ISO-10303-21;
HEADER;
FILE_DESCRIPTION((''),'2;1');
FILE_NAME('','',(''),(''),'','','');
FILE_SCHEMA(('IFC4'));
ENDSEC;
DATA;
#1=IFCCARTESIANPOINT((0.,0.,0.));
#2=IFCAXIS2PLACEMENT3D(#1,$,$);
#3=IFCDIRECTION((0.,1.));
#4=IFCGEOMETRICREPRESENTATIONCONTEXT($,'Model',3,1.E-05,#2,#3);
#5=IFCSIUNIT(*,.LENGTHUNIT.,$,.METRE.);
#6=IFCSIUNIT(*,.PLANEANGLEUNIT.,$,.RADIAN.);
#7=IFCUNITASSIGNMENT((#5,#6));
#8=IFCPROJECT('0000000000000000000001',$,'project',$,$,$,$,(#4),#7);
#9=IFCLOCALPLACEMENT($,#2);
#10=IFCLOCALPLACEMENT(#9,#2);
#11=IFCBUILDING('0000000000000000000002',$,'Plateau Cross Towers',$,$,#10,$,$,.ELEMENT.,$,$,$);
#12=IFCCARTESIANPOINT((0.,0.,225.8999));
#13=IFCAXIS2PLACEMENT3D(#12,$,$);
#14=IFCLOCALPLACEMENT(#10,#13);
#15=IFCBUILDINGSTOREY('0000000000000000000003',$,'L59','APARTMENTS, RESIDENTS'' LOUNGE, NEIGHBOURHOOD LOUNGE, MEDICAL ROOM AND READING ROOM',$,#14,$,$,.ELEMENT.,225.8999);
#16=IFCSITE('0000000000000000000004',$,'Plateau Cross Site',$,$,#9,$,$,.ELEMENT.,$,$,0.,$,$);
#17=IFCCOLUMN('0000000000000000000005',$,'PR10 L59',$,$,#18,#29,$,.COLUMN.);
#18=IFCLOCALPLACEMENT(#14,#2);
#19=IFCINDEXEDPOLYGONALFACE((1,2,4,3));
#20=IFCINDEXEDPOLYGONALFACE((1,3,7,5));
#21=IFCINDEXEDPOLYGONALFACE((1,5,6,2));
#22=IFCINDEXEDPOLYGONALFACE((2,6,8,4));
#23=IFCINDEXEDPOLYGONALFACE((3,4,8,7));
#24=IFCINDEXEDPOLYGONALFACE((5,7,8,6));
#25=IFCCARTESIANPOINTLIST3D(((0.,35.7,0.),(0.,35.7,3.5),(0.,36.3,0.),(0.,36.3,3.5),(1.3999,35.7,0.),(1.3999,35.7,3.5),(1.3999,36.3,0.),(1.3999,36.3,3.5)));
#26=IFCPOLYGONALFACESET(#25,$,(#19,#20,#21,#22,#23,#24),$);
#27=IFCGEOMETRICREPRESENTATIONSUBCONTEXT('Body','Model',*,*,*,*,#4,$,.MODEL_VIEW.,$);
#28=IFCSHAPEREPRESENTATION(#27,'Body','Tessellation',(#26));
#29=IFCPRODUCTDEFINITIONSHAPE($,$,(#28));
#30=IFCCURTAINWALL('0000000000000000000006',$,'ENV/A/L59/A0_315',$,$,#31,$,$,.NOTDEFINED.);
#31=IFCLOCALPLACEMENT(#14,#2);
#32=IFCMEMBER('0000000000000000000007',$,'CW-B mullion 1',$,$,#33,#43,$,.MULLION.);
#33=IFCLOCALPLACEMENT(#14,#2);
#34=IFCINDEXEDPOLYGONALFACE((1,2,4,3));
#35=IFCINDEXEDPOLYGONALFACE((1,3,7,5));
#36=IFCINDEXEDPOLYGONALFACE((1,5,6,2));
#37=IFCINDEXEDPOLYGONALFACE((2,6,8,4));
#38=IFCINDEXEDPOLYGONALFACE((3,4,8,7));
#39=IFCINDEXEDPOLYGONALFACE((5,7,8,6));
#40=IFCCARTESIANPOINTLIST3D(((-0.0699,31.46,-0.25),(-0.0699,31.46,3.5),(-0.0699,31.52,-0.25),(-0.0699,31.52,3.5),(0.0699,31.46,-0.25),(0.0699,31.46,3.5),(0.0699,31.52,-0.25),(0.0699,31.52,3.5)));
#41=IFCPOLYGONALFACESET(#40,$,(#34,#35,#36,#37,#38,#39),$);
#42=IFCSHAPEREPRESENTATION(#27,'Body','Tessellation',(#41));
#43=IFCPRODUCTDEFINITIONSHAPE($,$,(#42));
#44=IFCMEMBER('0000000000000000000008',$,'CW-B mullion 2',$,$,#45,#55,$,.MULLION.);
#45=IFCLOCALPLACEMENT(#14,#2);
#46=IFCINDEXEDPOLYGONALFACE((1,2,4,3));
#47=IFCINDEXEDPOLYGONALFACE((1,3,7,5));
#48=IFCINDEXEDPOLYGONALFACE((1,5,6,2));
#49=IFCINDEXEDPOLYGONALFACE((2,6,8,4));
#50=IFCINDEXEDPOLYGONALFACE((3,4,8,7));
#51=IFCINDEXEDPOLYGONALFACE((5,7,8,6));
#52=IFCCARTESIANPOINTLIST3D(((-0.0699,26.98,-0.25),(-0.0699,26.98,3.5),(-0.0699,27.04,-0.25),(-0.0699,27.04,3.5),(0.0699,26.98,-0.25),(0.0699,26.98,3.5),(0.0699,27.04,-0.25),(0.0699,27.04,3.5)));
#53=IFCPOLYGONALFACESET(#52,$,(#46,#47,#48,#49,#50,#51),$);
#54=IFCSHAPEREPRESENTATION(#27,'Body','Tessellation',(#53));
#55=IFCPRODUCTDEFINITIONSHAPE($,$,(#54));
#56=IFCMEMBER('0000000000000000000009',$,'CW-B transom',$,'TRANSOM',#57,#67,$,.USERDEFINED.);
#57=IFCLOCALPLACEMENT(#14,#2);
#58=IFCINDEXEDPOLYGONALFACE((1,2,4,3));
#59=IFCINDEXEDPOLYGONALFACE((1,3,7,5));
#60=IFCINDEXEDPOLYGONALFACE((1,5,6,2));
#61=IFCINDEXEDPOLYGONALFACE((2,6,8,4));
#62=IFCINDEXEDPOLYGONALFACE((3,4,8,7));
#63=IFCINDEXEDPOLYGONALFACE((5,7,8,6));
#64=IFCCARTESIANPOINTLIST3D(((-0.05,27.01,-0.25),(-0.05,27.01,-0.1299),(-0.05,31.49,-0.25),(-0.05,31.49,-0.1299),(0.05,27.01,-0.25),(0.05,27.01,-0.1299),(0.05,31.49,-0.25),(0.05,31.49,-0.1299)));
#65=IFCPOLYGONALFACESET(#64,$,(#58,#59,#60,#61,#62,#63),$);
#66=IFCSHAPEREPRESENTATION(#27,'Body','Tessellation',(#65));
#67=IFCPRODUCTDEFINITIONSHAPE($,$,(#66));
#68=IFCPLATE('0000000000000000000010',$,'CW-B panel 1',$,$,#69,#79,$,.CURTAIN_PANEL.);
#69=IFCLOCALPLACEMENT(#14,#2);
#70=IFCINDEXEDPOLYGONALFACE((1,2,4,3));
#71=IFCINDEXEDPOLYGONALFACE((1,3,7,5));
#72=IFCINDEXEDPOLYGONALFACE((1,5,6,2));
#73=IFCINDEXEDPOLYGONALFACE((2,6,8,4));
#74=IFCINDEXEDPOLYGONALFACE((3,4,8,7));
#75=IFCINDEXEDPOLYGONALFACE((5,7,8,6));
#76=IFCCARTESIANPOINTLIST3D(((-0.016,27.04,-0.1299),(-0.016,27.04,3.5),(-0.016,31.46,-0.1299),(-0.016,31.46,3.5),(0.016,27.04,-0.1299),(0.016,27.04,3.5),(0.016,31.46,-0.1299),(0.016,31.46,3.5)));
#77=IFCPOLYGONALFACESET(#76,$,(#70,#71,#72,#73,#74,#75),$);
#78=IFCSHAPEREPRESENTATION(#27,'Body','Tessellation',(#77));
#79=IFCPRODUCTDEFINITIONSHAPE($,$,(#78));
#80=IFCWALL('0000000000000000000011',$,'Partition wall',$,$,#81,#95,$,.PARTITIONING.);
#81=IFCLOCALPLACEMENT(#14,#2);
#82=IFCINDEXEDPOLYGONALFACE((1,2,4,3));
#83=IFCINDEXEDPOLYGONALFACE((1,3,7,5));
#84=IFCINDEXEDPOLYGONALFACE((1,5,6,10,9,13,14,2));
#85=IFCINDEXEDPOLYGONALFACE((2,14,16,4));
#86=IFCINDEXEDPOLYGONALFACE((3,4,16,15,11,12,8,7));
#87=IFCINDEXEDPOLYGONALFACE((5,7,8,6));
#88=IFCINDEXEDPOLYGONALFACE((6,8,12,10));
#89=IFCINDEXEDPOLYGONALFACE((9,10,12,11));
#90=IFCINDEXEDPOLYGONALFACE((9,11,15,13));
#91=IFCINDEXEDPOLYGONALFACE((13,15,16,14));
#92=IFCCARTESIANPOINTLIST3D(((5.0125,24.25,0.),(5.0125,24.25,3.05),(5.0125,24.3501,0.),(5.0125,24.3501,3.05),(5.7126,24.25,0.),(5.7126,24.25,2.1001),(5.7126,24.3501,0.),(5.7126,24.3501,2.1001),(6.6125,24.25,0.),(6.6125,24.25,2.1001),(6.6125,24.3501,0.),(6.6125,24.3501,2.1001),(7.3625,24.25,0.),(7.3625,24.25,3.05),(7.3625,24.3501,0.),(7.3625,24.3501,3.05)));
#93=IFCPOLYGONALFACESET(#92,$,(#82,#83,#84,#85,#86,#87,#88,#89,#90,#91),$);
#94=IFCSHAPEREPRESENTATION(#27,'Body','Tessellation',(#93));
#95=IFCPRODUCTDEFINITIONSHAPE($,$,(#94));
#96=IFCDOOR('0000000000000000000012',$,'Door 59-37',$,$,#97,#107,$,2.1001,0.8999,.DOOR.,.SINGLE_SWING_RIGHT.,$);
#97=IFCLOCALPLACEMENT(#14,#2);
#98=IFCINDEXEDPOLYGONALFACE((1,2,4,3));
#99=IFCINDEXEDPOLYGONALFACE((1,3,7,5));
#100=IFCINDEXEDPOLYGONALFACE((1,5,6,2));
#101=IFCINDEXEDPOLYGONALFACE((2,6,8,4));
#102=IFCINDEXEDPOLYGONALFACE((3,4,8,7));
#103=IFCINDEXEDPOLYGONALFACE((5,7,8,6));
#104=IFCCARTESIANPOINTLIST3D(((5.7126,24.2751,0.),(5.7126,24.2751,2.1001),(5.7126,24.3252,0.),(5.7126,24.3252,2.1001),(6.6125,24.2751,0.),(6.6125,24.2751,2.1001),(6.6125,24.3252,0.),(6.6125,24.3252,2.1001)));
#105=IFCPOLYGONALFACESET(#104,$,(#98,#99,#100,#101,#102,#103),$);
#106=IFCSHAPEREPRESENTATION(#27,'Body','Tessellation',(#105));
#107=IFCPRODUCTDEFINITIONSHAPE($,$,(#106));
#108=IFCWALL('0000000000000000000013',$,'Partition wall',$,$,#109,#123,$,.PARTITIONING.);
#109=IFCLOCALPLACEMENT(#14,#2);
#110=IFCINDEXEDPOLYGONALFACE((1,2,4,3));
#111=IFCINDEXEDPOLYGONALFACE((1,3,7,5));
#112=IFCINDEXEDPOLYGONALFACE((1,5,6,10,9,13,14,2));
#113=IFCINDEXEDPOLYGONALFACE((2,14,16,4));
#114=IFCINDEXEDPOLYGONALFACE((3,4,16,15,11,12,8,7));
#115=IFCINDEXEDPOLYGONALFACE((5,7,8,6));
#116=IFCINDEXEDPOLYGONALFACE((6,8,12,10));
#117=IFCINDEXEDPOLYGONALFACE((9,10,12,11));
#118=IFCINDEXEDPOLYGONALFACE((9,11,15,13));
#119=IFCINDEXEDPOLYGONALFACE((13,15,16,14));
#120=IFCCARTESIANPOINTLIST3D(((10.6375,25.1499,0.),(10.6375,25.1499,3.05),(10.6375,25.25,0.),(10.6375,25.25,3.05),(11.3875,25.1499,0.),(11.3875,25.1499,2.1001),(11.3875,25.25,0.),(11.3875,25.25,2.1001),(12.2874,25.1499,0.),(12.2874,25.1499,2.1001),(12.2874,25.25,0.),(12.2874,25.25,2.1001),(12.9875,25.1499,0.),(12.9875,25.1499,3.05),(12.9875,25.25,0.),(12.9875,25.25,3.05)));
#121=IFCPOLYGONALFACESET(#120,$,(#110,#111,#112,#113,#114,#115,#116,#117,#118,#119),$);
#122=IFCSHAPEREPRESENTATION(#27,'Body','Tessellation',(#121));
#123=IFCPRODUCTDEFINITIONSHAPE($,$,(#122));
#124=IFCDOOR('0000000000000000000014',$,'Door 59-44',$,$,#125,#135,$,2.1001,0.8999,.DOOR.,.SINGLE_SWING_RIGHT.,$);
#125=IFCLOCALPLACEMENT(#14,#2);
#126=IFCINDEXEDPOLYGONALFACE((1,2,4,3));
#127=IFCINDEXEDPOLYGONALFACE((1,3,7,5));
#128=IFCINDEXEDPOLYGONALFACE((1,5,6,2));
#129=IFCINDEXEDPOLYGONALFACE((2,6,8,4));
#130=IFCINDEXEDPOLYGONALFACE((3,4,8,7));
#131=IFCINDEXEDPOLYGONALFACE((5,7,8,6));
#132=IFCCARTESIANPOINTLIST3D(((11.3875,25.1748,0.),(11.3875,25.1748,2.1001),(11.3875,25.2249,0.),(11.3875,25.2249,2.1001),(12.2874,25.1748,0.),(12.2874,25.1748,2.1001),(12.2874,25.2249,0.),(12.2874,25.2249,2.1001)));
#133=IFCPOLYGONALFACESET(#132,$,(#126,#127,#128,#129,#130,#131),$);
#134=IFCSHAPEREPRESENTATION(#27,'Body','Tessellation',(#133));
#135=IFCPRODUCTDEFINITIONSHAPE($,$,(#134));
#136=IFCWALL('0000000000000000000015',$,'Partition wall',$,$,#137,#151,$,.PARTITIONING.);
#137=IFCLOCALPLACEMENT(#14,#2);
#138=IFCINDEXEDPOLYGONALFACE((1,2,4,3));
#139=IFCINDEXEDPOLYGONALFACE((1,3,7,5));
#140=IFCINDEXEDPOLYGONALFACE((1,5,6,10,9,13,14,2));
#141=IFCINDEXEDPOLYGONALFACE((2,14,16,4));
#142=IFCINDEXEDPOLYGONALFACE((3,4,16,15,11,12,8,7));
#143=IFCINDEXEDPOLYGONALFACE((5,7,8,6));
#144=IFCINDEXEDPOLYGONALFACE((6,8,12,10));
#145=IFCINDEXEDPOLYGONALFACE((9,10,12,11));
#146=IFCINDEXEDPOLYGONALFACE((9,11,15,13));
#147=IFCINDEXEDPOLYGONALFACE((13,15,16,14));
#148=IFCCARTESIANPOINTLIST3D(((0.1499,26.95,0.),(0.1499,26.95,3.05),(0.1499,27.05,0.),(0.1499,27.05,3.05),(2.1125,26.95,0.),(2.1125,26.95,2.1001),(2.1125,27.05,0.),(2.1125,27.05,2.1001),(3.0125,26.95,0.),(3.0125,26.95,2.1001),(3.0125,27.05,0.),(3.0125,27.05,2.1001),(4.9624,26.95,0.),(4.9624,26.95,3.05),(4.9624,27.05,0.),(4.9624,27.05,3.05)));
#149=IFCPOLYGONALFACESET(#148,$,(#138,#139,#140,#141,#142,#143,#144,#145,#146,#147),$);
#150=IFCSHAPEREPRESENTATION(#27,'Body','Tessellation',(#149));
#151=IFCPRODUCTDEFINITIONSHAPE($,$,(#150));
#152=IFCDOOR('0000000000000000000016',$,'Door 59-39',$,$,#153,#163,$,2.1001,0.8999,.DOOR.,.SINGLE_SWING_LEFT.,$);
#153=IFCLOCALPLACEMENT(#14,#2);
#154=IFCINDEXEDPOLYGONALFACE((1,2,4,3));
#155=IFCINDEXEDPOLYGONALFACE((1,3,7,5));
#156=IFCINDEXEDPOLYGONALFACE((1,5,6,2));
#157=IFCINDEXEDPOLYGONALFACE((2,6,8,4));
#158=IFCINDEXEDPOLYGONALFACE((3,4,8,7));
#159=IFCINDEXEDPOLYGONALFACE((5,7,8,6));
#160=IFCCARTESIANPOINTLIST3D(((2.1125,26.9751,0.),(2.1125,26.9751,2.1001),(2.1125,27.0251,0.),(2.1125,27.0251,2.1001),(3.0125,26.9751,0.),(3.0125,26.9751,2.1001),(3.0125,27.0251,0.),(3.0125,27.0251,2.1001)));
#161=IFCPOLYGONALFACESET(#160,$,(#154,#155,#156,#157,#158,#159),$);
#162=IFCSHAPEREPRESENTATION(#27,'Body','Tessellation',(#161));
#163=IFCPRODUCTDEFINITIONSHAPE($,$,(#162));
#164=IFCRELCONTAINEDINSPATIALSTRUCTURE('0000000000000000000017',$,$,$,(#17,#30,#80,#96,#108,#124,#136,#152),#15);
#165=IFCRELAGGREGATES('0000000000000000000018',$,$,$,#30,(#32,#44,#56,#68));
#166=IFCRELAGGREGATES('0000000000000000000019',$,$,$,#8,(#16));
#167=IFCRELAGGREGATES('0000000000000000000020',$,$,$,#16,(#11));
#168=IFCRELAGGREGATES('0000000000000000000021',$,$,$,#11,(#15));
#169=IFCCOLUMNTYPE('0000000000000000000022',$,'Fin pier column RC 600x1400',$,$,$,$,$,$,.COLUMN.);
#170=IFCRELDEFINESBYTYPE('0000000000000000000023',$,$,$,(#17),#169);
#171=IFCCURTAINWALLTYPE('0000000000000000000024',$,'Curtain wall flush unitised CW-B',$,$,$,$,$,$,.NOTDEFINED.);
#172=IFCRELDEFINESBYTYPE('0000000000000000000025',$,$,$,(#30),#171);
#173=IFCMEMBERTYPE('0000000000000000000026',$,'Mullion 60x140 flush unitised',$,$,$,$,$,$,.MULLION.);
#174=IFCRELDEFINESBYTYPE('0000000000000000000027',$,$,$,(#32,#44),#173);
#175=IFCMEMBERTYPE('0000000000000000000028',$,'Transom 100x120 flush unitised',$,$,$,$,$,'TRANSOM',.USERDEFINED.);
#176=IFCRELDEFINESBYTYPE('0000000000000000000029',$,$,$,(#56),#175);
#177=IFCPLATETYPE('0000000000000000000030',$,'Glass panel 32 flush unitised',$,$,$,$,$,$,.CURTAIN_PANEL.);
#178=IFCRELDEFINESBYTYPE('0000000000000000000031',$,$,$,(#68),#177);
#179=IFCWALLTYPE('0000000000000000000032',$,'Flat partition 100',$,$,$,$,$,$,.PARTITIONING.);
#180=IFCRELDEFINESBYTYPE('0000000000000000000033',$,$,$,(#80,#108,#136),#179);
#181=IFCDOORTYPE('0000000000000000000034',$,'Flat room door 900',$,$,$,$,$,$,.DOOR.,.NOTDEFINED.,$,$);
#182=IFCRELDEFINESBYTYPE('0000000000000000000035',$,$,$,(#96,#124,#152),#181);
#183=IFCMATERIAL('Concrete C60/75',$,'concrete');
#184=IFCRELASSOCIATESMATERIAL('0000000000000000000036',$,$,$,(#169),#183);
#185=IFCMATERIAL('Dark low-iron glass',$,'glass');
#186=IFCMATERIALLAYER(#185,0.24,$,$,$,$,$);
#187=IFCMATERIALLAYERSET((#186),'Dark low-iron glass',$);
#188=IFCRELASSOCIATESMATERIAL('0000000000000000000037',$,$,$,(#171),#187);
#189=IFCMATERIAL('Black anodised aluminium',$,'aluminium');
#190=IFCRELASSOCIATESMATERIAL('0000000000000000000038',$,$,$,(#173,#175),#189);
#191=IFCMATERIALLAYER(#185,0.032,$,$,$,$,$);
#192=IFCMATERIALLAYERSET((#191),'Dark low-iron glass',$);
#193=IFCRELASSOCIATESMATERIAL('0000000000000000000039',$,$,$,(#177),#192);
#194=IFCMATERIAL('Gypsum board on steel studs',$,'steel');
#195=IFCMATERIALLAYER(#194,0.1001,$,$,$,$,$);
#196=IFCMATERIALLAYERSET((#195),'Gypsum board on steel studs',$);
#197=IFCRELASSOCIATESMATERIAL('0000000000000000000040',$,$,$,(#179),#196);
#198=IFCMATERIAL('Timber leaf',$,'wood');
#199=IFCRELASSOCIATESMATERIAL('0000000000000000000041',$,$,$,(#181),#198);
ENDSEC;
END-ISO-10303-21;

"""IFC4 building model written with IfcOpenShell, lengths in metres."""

from ifc_helpers import new_model, si_unit, direction, frame, frame_2d, origin, origin_2d, place, context, subcontext, project, spatial, rectangle, extrude, material, layer, layer_set, material_profile, profile_set, type_object, element, fill, aggregate, save


model = new_model("IFC4")

# Units and contexts
model_context = context("Model", 3, precision=1e-05, world=origin(), true_north=direction((0.0, 1.0)))
body_context = subcontext(model_context, "Body", "Model", "MODEL_VIEW")
ifc_project = project(units=[si_unit("LENGTHUNIT", "METRE"), si_unit("PLANEANGLEUNIT", "RADIAN")], contexts=[model_context])

# Site, building, storey
site_placement = place(None, origin())
site = spatial("IfcSite", under=ifc_project, at=site_placement, Name="Plateau Cross Site", CompositionType="ELEMENT", RefElevation=0.0)
building_placement = place(site_placement, origin())
building = spatial("IfcBuilding", under=site, at=building_placement, Name="Plateau Cross Towers", CompositionType="ELEMENT")
storey_placement = place(building_placement, frame((0.0, 0.0, 225.8999)))
storey = spatial("IfcBuildingStorey", under=building, at=storey_placement, Name="L59", Description="APARTMENTS, RESIDENTS' LOUNGE, NEIGHBOURHOOD LOUNGE, MEDICAL ROOM AND READING ROOM", CompositionType="ELEMENT", Elevation=225.8999)

# Column
ifc_material_1 = material(Name="Concrete C60/75", Category="concrete")
ifc_material_profile_1 = material_profile(ifc_material_1, rectangle(XDim=0.6001, YDim=1.3999, at=origin_2d()), Name="RC 600x1400")
ifc_profile_set_1 = profile_set([ifc_material_profile_1], Name="Concrete C60/75")
column_type = type_object("IfcColumnType", Name="Fin pier column RC 600x1400", PredefinedType="COLUMN", material=ifc_profile_set_1)
column_placement = place(storey_placement, frame((0.7, 36.0, 0.0), z_axis=(0.0, 0.0, 1.0), x_axis=(0.0, 1.0, 0.0)))
element("IfcColumn", 1, at=column_placement, inside=storey, type_object=column_type, Name="PR10 L59", PredefinedType="COLUMN", context=body_context, shape_type="SweptSolid", body=[
    extrude(rectangle(XDim=0.6001, YDim=1.3999, at=origin_2d()), origin(), (0.0, 0.0, 1.0), 3.5),
])

# Curtain wall, members, plate
ifc_material_2 = material(Name="Dark low-iron glass", Category="glass")
ifc_layer_1 = layer(ifc_material_2, 0.24)
ifc_layer_set_1 = layer_set([ifc_layer_1], Name="Dark low-iron glass")
curtain_wall_type = type_object("IfcCurtainWallType", Name="Curtain wall flush unitised CW-B", PredefinedType="NOTDEFINED", material=ifc_layer_set_1)
curtain_wall_placement = place(storey_placement, origin())
curtain_wall = element("IfcCurtainWall", 2, at=curtain_wall_placement, inside=storey, type_object=curtain_wall_type, Name="ENV/A/L59/A0_315", PredefinedType="NOTDEFINED")
ifc_material_3 = material(Name="Black anodised aluminium", Category="aluminium")
ifc_material_profile_2 = material_profile(ifc_material_3, rectangle(XDim=0.0601, YDim=0.1399, at=origin_2d()), Name="MULLION 60x140")
ifc_profile_set_2 = profile_set([ifc_material_profile_2], Name="Black anodised aluminium")
member_type_1 = type_object("IfcMemberType", Name="Mullion 60x140 flush unitised", PredefinedType="MULLION", material=ifc_profile_set_2)
member_1_placement = place(storey_placement, frame((0.0, 31.49, -0.25), z_axis=(0.0, 0.0, 1.0), x_axis=(0.0, -1.0, 0.0)))
member_1 = element("IfcMember", 3, at=member_1_placement, type_object=member_type_1, Name="CW-B mullion 1", PredefinedType="MULLION", context=body_context, shape_type="SweptSolid", body=[
    extrude(rectangle(XDim=0.0601, YDim=0.1399, at=origin_2d()), origin(), (0.0, 0.0, 1.0), 3.75),
])
member_2_placement = place(storey_placement, frame((0.0, 27.01, -0.25), z_axis=(0.0, 0.0, 1.0), x_axis=(0.0, -1.0, 0.0)))
member_2 = element("IfcMember", 4, at=member_2_placement, type_object=member_type_1, Name="CW-B mullion 2", PredefinedType="MULLION", context=body_context, shape_type="SweptSolid", body=[
    extrude(rectangle(XDim=0.0601, YDim=0.1399, at=origin_2d()), origin(), (0.0, 0.0, 1.0), 3.75),
])
ifc_material_profile_3 = material_profile(ifc_material_3, rectangle(XDim=0.1001, YDim=0.1201, at=origin_2d()), Name="TRANSOM 100x120")
ifc_profile_set_3 = profile_set([ifc_material_profile_3], Name="Black anodised aluminium")
member_type_2 = type_object("IfcMemberType", Name="Transom 100x120 flush unitised", ElementType="TRANSOM", PredefinedType="USERDEFINED", material=ifc_profile_set_3)
member_3_placement = place(storey_placement, frame((0.0, 31.49, -0.1899), z_axis=(0.0, -1.0, 0.0), x_axis=(1.0, 0.0, 0.0)))
member_3 = element("IfcMember", 5, at=member_3_placement, type_object=member_type_2, Name="CW-B transom", ObjectType="TRANSOM", PredefinedType="USERDEFINED", context=body_context, shape_type="SweptSolid", body=[
    extrude(rectangle(XDim=0.1001, YDim=0.1201, at=origin_2d()), origin(), (0.0, 0.0, 1.0), 4.48),
])
ifc_layer_2 = layer(ifc_material_2, 0.032)
ifc_layer_set_2 = layer_set([ifc_layer_2], Name="Dark low-iron glass")
plate_type = type_object("IfcPlateType", Name="Glass panel 32 flush unitised", PredefinedType="CURTAIN_PANEL", material=ifc_layer_set_2)
plate_placement = place(storey_placement, frame((0.0, 29.25, -0.1299), z_axis=(0.0, 0.0, 1.0), x_axis=(0.0, -1.0, 0.0)))
plate = element("IfcPlate", 6, at=plate_placement, type_object=plate_type, Name="CW-B panel 1", PredefinedType="CURTAIN_PANEL", context=body_context, shape_type="SweptSolid", body=[
    extrude(rectangle(XDim=4.4199, YDim=0.032, at=origin_2d()), origin(), (0.0, 0.0, 1.0), 3.6299),
])
aggregate(curtain_wall, [member_1, member_2, member_3, plate])

# Walls, openings, doors
ifc_material_4 = material(Name="Gypsum board on steel studs", Category="steel")
ifc_layer_3 = layer(ifc_material_4, 0.1001)
ifc_layer_set_3 = layer_set([ifc_layer_3], Name="Gypsum board on steel studs")
wall_type_1 = type_object("IfcWallType", Name="Flat partition 100", PredefinedType="PARTITIONING", material=ifc_layer_set_3)
wall_1_placement = place(storey_placement, frame((7.3625, 24.3, 0.0), z_axis=(0.0, 0.0, 1.0), x_axis=(-1.0, 0.0, 0.0)))
wall_1 = element("IfcWall", 7, at=wall_1_placement, inside=storey, type_object=wall_type_1, Name="Partition wall", PredefinedType="PARTITIONING", context=body_context, shape_type="SweptSolid", body=[
    extrude(rectangle(XDim=2.3501, YDim=0.1001, at=frame_2d((1.175, 0.0))), origin(), (0.0, 0.0, 1.0), 3.05),
])
opening_1_placement = place(wall_1_placement, frame((0.75, 0.0, 0.0)))
opening_1 = element("IfcOpeningElement", 8, at=opening_1_placement, cuts=wall_1, PredefinedType="OPENING", context=body_context, shape_type="SweptSolid", body=[
    extrude(rectangle(XDim=0.8999, YDim=2.1001, at=frame_2d((0.45, 1.05))), frame((0.0, 0.0601, 0.0), z_axis=(0.0, -1.0, 0.0), x_axis=(1.0, 0.0, 0.0)), (0.0, 0.0, 1.0), 0.1201),
])
ifc_material_5 = material(Name="Timber leaf", Category="wood")
door_type_1 = type_object("IfcDoorType", Name="Flat room door 900", OperationType="NOTDEFINED", PredefinedType="DOOR", material=ifc_material_5)
door_1_placement = place(opening_1_placement, origin())
door_1 = element("IfcDoor", 9, at=door_1_placement, inside=storey, type_object=door_type_1, Name="Door 59-37", OperationType="SINGLE_SWING_RIGHT", OverallHeight=2.1001, OverallWidth=0.8999, PredefinedType="DOOR", context=body_context, shape_type="SweptSolid", body=[
    extrude(rectangle(XDim=0.8999, YDim=2.1001, at=frame_2d((0.45, 1.05))), frame((0.0, 0.0249, 0.0), z_axis=(0.0, -1.0, 0.0), x_axis=(1.0, 0.0, 0.0)), (0.0, 0.0, 1.0), 0.05),
])
fill(opening_1, door_1)
wall_2_placement = place(storey_placement, frame((10.6375, 25.2, 0.0), z_axis=(0.0, 0.0, 1.0), x_axis=(1.0, 0.0, 0.0)))
wall_2 = element("IfcWall", 10, at=wall_2_placement, inside=storey, type_object=wall_type_1, Name="Partition wall", PredefinedType="PARTITIONING", context=body_context, shape_type="SweptSolid", body=[
    extrude(rectangle(XDim=2.3501, YDim=0.1001, at=frame_2d((1.175, 0.0))), origin(), (0.0, 0.0, 1.0), 3.05),
])
opening_2_placement = place(wall_2_placement, frame((0.75, 0.0, 0.0)))
opening_2 = element("IfcOpeningElement", 11, at=opening_2_placement, cuts=wall_2, PredefinedType="OPENING", context=body_context, shape_type="SweptSolid", body=[
    extrude(rectangle(XDim=0.8999, YDim=2.1001, at=frame_2d((0.45, 1.05))), frame((0.0, 0.0601, 0.0), z_axis=(0.0, -1.0, 0.0), x_axis=(1.0, 0.0, 0.0)), (0.0, 0.0, 1.0), 0.1201),
])
door_2_placement = place(opening_2_placement, origin())
door_2 = element("IfcDoor", 12, at=door_2_placement, inside=storey, type_object=door_type_1, Name="Door 59-44", OperationType="SINGLE_SWING_RIGHT", OverallHeight=2.1001, OverallWidth=0.8999, PredefinedType="DOOR", context=body_context, shape_type="SweptSolid", body=[
    extrude(rectangle(XDim=0.8999, YDim=2.1001, at=frame_2d((0.45, 1.05))), frame((0.0, 0.0249, 0.0), z_axis=(0.0, -1.0, 0.0), x_axis=(1.0, 0.0, 0.0)), (0.0, 0.0, 1.0), 0.05),
])
fill(opening_2, door_2)
wall_3_placement = place(storey_placement, frame((4.9624, 27.0, 0.0), z_axis=(0.0, 0.0, 1.0), x_axis=(-1.0, 0.0, 0.0)))
wall_3 = element("IfcWall", 13, at=wall_3_placement, inside=storey, type_object=wall_type_1, Name="Partition wall", PredefinedType="PARTITIONING", context=body_context, shape_type="SweptSolid", body=[
    extrude(rectangle(XDim=4.8125, YDim=0.1001, at=frame_2d((2.4062, 0.0))), origin(), (0.0, 0.0, 1.0), 3.05),
])
opening_3_placement = place(wall_3_placement, frame((1.95, 0.0, 0.0)))
opening_3 = element("IfcOpeningElement", 14, at=opening_3_placement, cuts=wall_3, PredefinedType="OPENING", context=body_context, shape_type="SweptSolid", body=[
    extrude(rectangle(XDim=0.8999, YDim=2.1001, at=frame_2d((0.45, 1.05))), frame((0.0, 0.0601, 0.0), z_axis=(0.0, -1.0, 0.0), x_axis=(1.0, 0.0, 0.0)), (0.0, 0.0, 1.0), 0.1201),
])
door_3_placement = place(opening_3_placement, origin())
door_3 = element("IfcDoor", 15, at=door_3_placement, inside=storey, type_object=door_type_1, Name="Door 59-39", OperationType="SINGLE_SWING_LEFT", OverallHeight=2.1001, OverallWidth=0.8999, PredefinedType="DOOR", context=body_context, shape_type="SweptSolid", body=[
    extrude(rectangle(XDim=0.8999, YDim=2.1001, at=frame_2d((0.45, 1.05))), frame((0.0, 0.0249, 0.0), z_axis=(0.0, -1.0, 0.0), x_axis=(1.0, 0.0, 0.0)), (0.0, 0.0, 1.0), 0.05),
])
fill(opening_3, door_3)

save(model, "model.ifc")
